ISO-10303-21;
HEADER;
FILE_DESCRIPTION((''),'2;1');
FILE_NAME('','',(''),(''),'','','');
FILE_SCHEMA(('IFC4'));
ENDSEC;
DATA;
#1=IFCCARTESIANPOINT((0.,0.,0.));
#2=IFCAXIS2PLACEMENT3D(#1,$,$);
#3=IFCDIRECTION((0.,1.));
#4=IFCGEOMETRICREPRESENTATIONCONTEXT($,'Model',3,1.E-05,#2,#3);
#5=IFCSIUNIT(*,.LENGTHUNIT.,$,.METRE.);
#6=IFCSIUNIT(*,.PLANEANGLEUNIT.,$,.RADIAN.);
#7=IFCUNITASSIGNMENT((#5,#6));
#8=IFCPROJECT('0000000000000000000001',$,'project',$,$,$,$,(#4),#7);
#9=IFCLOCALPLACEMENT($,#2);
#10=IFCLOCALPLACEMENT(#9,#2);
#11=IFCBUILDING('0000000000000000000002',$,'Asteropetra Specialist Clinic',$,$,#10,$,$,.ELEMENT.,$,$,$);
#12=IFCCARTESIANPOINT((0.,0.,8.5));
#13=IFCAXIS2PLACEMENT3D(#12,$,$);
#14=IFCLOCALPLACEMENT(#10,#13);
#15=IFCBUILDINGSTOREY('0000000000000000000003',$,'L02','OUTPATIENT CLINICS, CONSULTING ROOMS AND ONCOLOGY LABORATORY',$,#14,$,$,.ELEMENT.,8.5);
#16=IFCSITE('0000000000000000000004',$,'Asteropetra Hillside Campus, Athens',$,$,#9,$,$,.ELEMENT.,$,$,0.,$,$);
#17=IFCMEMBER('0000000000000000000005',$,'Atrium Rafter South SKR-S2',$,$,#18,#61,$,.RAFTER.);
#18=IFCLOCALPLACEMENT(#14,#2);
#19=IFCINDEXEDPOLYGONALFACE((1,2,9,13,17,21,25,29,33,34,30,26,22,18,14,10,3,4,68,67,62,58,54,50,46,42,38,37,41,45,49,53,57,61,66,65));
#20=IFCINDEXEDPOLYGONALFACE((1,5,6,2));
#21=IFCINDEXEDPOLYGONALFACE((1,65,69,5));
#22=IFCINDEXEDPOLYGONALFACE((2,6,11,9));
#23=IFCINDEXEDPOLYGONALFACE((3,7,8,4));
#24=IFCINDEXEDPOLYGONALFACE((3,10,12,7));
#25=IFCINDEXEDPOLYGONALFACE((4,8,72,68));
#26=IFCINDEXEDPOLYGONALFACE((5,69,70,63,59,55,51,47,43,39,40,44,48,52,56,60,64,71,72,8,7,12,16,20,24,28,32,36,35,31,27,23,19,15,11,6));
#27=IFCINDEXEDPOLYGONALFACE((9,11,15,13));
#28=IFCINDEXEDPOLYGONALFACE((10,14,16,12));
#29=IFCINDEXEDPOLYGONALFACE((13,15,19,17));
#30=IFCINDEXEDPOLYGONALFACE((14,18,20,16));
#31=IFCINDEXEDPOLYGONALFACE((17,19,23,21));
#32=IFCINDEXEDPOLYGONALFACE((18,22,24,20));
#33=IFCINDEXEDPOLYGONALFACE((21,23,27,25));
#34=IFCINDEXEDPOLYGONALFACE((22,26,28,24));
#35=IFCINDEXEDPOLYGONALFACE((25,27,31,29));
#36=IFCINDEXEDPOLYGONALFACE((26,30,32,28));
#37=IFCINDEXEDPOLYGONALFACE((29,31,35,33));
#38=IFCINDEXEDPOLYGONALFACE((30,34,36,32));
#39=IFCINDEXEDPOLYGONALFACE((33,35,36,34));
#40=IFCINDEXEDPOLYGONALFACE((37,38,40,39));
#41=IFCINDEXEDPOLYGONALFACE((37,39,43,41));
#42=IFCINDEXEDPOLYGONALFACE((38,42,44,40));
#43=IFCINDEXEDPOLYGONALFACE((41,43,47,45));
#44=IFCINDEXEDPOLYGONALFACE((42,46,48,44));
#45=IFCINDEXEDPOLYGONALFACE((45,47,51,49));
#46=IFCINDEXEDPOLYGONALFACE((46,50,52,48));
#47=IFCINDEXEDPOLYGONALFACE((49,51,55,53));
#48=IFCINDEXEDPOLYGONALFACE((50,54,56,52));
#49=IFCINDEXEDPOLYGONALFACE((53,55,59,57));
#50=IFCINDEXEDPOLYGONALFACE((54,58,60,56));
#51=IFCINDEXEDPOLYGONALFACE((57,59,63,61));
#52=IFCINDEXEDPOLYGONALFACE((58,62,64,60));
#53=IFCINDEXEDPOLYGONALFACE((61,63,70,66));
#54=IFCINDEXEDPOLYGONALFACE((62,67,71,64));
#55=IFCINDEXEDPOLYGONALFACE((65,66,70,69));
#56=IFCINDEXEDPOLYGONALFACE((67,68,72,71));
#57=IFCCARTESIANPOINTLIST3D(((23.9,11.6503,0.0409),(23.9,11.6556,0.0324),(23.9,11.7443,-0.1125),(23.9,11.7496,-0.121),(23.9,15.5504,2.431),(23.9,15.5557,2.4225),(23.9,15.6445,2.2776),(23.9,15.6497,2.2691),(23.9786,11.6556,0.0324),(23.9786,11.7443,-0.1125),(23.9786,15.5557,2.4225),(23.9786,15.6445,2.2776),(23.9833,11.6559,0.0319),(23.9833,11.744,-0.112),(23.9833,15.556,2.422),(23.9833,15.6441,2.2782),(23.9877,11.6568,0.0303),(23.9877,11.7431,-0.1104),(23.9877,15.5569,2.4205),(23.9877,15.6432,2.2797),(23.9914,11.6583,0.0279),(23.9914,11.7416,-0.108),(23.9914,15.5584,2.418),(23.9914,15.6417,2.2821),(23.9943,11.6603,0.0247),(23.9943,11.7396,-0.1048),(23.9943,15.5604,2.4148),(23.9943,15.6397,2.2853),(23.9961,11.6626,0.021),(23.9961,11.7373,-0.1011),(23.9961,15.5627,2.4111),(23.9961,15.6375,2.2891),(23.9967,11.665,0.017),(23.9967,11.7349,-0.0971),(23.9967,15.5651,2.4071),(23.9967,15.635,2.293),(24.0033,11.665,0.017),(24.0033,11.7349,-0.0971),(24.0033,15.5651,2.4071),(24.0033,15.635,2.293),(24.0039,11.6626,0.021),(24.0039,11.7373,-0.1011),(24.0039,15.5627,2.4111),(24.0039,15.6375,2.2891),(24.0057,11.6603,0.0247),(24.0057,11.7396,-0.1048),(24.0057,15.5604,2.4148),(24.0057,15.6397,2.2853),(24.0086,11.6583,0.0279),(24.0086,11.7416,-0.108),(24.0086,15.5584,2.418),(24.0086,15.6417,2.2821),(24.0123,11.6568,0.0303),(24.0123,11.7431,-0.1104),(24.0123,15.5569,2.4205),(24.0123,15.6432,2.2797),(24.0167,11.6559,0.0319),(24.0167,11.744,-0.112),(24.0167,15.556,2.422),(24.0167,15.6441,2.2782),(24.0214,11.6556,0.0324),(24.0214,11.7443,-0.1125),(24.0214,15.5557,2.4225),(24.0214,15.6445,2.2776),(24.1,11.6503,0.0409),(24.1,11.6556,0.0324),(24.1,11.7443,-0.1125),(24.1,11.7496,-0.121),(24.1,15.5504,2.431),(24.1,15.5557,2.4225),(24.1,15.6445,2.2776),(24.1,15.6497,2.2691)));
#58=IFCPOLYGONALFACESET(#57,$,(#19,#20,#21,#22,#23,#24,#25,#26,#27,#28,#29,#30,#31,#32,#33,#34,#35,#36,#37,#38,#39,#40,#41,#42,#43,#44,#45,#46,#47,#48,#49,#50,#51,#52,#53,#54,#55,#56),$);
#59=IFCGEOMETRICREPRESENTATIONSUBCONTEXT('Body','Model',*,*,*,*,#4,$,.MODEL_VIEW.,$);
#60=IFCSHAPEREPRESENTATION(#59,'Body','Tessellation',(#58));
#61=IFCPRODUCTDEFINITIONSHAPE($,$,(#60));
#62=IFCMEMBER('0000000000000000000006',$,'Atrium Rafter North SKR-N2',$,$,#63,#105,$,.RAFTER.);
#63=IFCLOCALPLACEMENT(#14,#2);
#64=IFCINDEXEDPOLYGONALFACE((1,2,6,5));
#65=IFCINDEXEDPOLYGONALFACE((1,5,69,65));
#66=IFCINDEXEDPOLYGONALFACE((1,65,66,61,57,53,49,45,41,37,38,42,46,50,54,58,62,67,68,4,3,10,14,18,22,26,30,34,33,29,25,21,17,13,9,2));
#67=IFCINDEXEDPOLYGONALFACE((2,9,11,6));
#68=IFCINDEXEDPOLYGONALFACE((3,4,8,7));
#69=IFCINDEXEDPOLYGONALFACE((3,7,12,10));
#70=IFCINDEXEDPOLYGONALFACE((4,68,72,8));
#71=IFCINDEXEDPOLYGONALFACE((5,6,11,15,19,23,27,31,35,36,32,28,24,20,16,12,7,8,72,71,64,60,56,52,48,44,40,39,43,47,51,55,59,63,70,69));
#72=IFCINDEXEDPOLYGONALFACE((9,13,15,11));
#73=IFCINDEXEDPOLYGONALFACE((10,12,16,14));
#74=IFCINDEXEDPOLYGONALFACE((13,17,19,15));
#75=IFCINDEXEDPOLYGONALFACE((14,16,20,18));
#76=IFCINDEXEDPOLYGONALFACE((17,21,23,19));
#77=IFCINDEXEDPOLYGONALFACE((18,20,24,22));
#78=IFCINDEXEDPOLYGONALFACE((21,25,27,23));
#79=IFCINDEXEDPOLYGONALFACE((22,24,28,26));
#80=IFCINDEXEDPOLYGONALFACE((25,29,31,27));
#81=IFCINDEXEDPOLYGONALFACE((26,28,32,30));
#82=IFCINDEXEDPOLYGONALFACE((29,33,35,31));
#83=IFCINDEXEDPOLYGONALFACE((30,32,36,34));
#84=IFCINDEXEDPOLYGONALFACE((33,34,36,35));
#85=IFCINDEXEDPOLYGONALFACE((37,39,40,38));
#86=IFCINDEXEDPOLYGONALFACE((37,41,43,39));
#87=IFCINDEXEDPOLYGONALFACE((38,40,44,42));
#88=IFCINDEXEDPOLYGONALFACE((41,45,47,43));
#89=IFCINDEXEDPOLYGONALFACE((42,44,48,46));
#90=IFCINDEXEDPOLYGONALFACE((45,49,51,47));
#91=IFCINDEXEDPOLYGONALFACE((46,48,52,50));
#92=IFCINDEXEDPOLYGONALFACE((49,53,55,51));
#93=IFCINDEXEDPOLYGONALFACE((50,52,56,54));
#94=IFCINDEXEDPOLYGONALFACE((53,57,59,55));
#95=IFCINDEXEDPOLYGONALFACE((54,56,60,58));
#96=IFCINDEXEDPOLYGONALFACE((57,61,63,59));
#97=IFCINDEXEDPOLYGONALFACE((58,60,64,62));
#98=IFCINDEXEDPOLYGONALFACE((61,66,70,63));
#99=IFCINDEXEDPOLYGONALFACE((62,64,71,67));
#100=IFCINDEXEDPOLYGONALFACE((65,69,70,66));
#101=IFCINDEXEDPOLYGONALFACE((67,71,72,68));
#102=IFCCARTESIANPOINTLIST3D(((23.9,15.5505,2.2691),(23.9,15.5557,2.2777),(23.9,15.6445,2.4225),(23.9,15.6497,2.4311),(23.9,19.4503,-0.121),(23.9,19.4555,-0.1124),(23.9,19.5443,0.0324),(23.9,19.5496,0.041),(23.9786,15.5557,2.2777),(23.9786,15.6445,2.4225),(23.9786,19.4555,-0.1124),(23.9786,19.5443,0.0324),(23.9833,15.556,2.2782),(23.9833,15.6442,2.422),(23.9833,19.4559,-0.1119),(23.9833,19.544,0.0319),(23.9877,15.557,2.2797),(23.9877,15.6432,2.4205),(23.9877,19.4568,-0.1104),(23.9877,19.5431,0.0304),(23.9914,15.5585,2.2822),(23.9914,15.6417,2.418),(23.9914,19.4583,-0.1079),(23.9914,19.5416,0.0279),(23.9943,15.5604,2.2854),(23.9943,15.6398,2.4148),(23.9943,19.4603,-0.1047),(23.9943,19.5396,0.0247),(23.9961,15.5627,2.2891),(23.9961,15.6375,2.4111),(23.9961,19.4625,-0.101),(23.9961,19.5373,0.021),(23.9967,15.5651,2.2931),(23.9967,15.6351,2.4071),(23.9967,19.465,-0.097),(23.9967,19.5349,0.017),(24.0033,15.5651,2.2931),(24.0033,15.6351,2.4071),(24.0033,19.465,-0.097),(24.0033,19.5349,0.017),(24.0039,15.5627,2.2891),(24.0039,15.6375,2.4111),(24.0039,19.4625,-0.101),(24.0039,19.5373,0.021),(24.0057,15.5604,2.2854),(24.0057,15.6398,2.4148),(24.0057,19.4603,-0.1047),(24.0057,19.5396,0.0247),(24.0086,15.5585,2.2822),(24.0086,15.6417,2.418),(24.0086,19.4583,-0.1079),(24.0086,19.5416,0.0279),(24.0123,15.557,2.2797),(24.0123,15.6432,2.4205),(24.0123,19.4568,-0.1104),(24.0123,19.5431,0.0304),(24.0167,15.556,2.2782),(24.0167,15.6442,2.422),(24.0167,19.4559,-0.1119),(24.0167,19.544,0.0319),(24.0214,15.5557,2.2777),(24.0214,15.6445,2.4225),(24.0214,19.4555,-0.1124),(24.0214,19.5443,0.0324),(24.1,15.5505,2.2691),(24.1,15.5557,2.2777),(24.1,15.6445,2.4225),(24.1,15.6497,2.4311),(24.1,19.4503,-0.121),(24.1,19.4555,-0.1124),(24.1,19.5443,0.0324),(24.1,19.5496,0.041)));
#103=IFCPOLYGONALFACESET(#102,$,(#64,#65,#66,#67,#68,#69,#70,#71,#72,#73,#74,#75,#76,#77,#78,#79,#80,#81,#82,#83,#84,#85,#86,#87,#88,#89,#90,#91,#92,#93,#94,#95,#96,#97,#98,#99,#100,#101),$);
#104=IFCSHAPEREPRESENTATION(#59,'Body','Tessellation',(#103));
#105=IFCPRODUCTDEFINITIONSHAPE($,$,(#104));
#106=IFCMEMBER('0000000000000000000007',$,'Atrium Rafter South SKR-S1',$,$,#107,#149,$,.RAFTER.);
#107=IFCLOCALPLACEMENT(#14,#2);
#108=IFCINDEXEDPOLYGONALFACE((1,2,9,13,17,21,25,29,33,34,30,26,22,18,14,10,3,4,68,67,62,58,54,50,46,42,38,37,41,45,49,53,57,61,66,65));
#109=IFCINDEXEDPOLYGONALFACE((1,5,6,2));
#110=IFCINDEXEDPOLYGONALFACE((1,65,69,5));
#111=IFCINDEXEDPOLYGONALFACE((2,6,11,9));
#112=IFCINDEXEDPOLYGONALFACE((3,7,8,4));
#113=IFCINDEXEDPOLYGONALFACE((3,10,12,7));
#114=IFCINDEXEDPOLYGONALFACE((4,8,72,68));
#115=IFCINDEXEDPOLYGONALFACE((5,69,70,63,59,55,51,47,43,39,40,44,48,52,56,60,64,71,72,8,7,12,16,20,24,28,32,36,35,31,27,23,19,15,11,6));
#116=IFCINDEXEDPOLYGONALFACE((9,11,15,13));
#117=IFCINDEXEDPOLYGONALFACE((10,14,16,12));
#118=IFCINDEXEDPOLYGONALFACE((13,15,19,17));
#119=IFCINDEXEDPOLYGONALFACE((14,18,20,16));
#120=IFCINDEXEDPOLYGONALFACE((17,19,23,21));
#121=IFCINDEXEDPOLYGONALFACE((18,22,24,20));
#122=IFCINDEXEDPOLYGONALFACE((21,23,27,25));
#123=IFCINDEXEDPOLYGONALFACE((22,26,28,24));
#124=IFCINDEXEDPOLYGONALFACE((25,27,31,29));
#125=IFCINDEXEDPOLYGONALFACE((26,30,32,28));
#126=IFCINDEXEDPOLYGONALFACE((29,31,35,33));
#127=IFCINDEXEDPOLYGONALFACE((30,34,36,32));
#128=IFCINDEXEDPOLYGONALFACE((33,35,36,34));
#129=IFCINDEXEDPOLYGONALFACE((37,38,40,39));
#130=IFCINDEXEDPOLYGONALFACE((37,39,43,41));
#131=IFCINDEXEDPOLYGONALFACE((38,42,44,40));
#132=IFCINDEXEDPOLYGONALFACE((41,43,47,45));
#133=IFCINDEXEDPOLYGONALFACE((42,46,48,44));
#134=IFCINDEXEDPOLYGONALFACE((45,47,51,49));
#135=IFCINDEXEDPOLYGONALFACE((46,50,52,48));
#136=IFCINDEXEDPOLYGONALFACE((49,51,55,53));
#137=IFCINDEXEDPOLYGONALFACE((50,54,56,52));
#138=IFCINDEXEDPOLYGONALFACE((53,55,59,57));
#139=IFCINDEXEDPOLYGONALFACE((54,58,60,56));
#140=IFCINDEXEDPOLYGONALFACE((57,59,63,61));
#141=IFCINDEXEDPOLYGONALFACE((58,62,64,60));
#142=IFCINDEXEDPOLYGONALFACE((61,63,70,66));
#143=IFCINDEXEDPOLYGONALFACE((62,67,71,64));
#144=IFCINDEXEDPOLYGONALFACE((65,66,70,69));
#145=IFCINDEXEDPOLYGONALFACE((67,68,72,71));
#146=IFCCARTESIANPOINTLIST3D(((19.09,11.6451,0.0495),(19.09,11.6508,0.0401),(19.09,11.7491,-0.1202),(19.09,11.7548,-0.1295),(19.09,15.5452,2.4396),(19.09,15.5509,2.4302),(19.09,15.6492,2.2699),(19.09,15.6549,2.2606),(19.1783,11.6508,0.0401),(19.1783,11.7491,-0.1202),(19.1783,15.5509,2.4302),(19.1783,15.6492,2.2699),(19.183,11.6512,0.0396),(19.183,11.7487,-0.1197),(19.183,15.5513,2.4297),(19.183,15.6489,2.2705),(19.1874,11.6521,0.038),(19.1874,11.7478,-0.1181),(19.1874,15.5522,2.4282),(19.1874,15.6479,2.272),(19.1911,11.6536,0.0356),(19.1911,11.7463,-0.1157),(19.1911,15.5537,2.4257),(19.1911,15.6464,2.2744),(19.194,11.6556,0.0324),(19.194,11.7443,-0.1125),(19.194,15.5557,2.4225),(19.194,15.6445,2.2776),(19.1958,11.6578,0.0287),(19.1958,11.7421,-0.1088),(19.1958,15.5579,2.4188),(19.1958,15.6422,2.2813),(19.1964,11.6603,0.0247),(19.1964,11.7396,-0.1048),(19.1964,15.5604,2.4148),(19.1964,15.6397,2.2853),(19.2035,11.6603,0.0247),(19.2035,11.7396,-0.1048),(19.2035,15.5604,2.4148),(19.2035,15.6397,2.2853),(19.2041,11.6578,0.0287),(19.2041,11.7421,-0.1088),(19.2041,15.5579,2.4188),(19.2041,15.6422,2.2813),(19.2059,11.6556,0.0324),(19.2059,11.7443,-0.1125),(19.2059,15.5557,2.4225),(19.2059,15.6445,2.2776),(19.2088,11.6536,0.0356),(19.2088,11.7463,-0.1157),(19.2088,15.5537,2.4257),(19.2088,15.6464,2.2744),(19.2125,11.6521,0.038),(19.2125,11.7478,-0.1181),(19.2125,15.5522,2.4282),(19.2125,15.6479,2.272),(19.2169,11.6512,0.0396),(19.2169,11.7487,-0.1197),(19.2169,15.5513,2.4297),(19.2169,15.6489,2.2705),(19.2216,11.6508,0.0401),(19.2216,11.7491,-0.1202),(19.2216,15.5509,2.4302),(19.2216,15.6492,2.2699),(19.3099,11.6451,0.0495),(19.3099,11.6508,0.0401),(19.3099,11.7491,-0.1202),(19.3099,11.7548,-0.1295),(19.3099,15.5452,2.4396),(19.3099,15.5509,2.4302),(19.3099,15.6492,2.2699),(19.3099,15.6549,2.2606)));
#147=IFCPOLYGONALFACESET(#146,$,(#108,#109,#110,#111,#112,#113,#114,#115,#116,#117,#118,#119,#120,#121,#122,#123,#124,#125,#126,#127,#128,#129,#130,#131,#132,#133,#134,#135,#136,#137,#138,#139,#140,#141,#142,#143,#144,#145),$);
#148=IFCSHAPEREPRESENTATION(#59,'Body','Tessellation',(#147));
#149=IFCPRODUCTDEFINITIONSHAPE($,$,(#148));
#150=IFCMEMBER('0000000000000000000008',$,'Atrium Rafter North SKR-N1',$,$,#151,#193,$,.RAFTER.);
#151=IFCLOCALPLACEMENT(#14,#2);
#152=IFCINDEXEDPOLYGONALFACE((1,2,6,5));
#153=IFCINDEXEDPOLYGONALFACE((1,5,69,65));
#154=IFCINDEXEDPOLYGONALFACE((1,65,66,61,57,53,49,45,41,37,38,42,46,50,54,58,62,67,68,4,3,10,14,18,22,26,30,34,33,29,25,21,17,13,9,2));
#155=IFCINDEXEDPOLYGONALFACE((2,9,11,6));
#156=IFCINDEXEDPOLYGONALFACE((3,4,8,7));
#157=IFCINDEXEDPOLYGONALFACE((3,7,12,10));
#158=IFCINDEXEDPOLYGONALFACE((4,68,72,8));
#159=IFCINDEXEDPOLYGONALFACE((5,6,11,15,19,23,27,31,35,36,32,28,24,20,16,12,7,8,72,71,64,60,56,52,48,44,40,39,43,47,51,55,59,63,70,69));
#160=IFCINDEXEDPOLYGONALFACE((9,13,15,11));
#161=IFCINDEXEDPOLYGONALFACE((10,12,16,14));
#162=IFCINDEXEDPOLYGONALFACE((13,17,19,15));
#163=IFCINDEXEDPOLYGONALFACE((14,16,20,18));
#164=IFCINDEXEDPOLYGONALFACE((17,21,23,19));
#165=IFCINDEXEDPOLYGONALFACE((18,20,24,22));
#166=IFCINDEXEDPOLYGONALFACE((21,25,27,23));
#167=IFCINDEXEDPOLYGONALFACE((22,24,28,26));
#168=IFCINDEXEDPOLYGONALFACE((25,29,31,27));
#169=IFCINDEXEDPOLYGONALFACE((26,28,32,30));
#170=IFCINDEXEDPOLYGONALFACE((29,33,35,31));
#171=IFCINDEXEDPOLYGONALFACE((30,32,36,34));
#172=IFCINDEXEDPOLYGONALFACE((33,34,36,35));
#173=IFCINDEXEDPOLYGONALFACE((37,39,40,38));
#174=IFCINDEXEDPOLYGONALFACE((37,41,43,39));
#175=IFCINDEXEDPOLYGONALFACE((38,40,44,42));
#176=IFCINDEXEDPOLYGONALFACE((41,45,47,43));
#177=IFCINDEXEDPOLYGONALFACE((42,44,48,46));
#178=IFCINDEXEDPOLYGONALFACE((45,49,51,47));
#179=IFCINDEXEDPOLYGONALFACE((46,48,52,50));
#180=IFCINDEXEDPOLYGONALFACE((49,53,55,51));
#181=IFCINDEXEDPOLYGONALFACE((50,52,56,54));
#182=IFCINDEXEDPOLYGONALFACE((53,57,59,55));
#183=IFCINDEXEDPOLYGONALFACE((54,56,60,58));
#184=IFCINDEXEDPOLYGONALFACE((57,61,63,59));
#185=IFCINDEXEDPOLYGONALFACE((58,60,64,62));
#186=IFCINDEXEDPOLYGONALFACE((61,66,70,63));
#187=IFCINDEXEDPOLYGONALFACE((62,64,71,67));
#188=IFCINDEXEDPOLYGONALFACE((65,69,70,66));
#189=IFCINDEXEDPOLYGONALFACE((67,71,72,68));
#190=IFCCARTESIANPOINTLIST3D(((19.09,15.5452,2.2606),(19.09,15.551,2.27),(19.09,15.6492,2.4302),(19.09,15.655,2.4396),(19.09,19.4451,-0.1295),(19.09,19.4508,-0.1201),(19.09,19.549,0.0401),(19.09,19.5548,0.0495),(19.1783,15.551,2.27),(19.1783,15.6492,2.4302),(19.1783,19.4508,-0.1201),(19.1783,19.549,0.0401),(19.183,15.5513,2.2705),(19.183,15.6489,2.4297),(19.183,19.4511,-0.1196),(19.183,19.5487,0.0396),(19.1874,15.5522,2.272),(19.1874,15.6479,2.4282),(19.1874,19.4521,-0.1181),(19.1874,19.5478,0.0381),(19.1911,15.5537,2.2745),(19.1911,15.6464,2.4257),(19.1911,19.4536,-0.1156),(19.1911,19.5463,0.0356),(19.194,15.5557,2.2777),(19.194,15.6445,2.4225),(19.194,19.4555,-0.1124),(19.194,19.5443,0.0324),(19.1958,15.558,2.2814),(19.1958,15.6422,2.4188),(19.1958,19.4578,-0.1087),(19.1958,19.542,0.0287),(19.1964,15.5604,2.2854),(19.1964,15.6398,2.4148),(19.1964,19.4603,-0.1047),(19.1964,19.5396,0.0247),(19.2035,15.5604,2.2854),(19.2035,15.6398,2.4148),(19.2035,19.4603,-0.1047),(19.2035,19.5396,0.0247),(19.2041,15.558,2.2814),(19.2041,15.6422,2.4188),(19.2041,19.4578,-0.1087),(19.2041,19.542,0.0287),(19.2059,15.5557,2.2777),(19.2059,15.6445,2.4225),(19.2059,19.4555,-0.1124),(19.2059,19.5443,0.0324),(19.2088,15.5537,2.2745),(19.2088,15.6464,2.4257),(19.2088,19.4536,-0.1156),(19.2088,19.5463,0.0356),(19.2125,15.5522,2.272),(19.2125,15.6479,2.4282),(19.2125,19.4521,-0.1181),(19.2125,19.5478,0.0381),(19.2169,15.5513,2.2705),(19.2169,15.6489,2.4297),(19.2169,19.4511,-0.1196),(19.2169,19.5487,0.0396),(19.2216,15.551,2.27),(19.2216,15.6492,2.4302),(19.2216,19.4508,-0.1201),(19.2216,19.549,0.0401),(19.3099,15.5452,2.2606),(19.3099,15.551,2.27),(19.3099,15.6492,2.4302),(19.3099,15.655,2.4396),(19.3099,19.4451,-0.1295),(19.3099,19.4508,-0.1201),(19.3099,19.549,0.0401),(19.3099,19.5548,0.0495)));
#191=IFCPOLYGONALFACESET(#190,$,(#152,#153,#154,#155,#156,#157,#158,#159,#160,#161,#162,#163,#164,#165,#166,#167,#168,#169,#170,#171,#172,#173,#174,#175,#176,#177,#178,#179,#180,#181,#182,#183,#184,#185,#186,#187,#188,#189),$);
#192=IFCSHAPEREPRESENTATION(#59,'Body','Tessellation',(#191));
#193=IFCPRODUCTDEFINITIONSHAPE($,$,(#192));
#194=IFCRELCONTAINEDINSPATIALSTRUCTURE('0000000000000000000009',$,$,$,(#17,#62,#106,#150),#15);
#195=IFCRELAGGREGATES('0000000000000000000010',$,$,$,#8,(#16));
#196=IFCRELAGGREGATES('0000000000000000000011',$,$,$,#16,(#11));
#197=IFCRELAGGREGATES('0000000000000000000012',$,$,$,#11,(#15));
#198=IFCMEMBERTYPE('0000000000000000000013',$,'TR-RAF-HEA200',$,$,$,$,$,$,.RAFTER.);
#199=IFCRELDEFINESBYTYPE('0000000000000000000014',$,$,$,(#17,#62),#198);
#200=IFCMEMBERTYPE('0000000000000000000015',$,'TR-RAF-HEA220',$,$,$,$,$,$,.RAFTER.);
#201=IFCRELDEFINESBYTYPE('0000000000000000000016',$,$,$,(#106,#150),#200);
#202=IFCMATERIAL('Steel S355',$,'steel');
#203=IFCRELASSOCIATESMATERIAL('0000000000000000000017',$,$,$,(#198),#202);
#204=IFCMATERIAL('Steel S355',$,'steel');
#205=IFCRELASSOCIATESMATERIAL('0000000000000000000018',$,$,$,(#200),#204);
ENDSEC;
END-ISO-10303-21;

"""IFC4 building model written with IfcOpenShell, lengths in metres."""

from ifc_helpers import new_model, si_unit, direction, frame, origin, origin_2d, place, context, subcontext, project, spatial, i_section, extrude, material, material_profile, profile_set, type_object, element, save


model = new_model("IFC4")

# Units and contexts
model_context = context("Model", 3, precision=1e-05, world=origin(), true_north=direction((0.0, 1.0)))
body_context = subcontext(model_context, "Body", "Model", "MODEL_VIEW")
ifc_project = project(units=[si_unit("LENGTHUNIT", "METRE"), si_unit("PLANEANGLEUNIT", "RADIAN")], contexts=[model_context])

# Site, building, storey
site_placement = place(None, origin())
site = spatial("IfcSite", under=ifc_project, at=site_placement, Name="Asteropetra Hillside Campus, Athens", CompositionType="ELEMENT", RefElevation=0.0)
building_placement = place(site_placement, origin())
building = spatial("IfcBuilding", under=site, at=building_placement, Name="Asteropetra Specialist Clinic", CompositionType="ELEMENT")
storey_placement = place(building_placement, frame((0.0, 0.0, 8.5)))
storey = spatial("IfcBuildingStorey", under=building, at=storey_placement, Name="L02", Description="OUTPATIENT CLINICS, CONSULTING ROOMS AND ONCOLOGY LABORATORY", CompositionType="ELEMENT", Elevation=8.5)

# Members
ifc_material_1 = material(Name="Steel S355", Category="steel")
ifc_material_profile_1 = material_profile(ifc_material_1, i_section(OverallWidth=0.2, OverallDepth=0.1899, WebThickness=0.0066, FlangeThickness=0.01, FilletRadius=0.0181, at=origin_2d()), Name="HEA 200")
ifc_profile_set_1 = profile_set([ifc_material_profile_1], Name="Steel S355")
member_type_1 = type_object("IfcMemberType", Name="TR-RAF-HEA200", PredefinedType="RAFTER", material=ifc_profile_set_1)
member_1_placement = place(storey_placement, frame((24.0, 11.7, -0.04), z_axis=(0.0, 0.852628, 0.522518), x_axis=(-1.0, 0.0, 0.0)))
element("IfcMember", 1, at=member_1_placement, inside=storey, type_object=member_type_1, Name="Atrium Rafter South SKR-S2", PredefinedType="RAFTER", context=body_context, shape_type="SweptSolid", body=[
    extrude(i_section(OverallWidth=0.2, OverallDepth=0.1899, WebThickness=0.0066, FlangeThickness=0.01, FilletRadius=0.0181, at=origin_2d()), origin(), (0.0, 0.0, 1.0), 4.5742),
])
member_2_placement = place(storey_placement, frame((24.0, 15.6001, 2.3501), z_axis=(0.0, 0.852614, -0.522542), x_axis=(-1.0, 0.0, 0.0)))
element("IfcMember", 2, at=member_2_placement, inside=storey, type_object=member_type_1, Name="Atrium Rafter North SKR-N2", PredefinedType="RAFTER", context=body_context, shape_type="SweptSolid", body=[
    extrude(i_section(OverallWidth=0.2, OverallDepth=0.1899, WebThickness=0.0066, FlangeThickness=0.01, FilletRadius=0.0181, at=origin_2d()), origin(), (0.0, 0.0, 1.0), 4.574),
])
ifc_material_2 = material(Name="Steel S355", Category="steel")
ifc_material_profile_2 = material_profile(ifc_material_2, i_section(OverallWidth=0.22, OverallDepth=0.21, WebThickness=0.0071, FlangeThickness=0.011, FilletRadius=0.0181, at=origin_2d()), Name="HEA 220")
ifc_profile_set_2 = profile_set([ifc_material_profile_2], Name="Steel S355")
member_type_2 = type_object("IfcMemberType", Name="TR-RAF-HEA220", PredefinedType="RAFTER", material=ifc_profile_set_2)
member_3_placement = place(storey_placement, frame((19.2, 11.7, -0.04), z_axis=(0.0, 0.852628, 0.522518), x_axis=(-1.0, 0.0, 0.0)))
element("IfcMember", 3, at=member_3_placement, inside=storey, type_object=member_type_2, Name="Atrium Rafter South SKR-S1", PredefinedType="RAFTER", context=body_context, shape_type="SweptSolid", body=[
    extrude(i_section(OverallWidth=0.22, OverallDepth=0.21, WebThickness=0.0071, FlangeThickness=0.011, FilletRadius=0.0181, at=origin_2d()), origin(), (0.0, 0.0, 1.0), 4.5742),
])
member_4_placement = place(storey_placement, frame((19.2, 15.6001, 2.3501), z_axis=(0.0, 0.852614, -0.522542), x_axis=(-1.0, 0.0, 0.0)))
element("IfcMember", 4, at=member_4_placement, inside=storey, type_object=member_type_2, Name="Atrium Rafter North SKR-N1", PredefinedType="RAFTER", context=body_context, shape_type="SweptSolid", body=[
    extrude(i_section(OverallWidth=0.22, OverallDepth=0.21, WebThickness=0.0071, FlangeThickness=0.011, FilletRadius=0.0181, at=origin_2d()), origin(), (0.0, 0.0, 1.0), 4.574),
])

save(model, "model.ifc")
